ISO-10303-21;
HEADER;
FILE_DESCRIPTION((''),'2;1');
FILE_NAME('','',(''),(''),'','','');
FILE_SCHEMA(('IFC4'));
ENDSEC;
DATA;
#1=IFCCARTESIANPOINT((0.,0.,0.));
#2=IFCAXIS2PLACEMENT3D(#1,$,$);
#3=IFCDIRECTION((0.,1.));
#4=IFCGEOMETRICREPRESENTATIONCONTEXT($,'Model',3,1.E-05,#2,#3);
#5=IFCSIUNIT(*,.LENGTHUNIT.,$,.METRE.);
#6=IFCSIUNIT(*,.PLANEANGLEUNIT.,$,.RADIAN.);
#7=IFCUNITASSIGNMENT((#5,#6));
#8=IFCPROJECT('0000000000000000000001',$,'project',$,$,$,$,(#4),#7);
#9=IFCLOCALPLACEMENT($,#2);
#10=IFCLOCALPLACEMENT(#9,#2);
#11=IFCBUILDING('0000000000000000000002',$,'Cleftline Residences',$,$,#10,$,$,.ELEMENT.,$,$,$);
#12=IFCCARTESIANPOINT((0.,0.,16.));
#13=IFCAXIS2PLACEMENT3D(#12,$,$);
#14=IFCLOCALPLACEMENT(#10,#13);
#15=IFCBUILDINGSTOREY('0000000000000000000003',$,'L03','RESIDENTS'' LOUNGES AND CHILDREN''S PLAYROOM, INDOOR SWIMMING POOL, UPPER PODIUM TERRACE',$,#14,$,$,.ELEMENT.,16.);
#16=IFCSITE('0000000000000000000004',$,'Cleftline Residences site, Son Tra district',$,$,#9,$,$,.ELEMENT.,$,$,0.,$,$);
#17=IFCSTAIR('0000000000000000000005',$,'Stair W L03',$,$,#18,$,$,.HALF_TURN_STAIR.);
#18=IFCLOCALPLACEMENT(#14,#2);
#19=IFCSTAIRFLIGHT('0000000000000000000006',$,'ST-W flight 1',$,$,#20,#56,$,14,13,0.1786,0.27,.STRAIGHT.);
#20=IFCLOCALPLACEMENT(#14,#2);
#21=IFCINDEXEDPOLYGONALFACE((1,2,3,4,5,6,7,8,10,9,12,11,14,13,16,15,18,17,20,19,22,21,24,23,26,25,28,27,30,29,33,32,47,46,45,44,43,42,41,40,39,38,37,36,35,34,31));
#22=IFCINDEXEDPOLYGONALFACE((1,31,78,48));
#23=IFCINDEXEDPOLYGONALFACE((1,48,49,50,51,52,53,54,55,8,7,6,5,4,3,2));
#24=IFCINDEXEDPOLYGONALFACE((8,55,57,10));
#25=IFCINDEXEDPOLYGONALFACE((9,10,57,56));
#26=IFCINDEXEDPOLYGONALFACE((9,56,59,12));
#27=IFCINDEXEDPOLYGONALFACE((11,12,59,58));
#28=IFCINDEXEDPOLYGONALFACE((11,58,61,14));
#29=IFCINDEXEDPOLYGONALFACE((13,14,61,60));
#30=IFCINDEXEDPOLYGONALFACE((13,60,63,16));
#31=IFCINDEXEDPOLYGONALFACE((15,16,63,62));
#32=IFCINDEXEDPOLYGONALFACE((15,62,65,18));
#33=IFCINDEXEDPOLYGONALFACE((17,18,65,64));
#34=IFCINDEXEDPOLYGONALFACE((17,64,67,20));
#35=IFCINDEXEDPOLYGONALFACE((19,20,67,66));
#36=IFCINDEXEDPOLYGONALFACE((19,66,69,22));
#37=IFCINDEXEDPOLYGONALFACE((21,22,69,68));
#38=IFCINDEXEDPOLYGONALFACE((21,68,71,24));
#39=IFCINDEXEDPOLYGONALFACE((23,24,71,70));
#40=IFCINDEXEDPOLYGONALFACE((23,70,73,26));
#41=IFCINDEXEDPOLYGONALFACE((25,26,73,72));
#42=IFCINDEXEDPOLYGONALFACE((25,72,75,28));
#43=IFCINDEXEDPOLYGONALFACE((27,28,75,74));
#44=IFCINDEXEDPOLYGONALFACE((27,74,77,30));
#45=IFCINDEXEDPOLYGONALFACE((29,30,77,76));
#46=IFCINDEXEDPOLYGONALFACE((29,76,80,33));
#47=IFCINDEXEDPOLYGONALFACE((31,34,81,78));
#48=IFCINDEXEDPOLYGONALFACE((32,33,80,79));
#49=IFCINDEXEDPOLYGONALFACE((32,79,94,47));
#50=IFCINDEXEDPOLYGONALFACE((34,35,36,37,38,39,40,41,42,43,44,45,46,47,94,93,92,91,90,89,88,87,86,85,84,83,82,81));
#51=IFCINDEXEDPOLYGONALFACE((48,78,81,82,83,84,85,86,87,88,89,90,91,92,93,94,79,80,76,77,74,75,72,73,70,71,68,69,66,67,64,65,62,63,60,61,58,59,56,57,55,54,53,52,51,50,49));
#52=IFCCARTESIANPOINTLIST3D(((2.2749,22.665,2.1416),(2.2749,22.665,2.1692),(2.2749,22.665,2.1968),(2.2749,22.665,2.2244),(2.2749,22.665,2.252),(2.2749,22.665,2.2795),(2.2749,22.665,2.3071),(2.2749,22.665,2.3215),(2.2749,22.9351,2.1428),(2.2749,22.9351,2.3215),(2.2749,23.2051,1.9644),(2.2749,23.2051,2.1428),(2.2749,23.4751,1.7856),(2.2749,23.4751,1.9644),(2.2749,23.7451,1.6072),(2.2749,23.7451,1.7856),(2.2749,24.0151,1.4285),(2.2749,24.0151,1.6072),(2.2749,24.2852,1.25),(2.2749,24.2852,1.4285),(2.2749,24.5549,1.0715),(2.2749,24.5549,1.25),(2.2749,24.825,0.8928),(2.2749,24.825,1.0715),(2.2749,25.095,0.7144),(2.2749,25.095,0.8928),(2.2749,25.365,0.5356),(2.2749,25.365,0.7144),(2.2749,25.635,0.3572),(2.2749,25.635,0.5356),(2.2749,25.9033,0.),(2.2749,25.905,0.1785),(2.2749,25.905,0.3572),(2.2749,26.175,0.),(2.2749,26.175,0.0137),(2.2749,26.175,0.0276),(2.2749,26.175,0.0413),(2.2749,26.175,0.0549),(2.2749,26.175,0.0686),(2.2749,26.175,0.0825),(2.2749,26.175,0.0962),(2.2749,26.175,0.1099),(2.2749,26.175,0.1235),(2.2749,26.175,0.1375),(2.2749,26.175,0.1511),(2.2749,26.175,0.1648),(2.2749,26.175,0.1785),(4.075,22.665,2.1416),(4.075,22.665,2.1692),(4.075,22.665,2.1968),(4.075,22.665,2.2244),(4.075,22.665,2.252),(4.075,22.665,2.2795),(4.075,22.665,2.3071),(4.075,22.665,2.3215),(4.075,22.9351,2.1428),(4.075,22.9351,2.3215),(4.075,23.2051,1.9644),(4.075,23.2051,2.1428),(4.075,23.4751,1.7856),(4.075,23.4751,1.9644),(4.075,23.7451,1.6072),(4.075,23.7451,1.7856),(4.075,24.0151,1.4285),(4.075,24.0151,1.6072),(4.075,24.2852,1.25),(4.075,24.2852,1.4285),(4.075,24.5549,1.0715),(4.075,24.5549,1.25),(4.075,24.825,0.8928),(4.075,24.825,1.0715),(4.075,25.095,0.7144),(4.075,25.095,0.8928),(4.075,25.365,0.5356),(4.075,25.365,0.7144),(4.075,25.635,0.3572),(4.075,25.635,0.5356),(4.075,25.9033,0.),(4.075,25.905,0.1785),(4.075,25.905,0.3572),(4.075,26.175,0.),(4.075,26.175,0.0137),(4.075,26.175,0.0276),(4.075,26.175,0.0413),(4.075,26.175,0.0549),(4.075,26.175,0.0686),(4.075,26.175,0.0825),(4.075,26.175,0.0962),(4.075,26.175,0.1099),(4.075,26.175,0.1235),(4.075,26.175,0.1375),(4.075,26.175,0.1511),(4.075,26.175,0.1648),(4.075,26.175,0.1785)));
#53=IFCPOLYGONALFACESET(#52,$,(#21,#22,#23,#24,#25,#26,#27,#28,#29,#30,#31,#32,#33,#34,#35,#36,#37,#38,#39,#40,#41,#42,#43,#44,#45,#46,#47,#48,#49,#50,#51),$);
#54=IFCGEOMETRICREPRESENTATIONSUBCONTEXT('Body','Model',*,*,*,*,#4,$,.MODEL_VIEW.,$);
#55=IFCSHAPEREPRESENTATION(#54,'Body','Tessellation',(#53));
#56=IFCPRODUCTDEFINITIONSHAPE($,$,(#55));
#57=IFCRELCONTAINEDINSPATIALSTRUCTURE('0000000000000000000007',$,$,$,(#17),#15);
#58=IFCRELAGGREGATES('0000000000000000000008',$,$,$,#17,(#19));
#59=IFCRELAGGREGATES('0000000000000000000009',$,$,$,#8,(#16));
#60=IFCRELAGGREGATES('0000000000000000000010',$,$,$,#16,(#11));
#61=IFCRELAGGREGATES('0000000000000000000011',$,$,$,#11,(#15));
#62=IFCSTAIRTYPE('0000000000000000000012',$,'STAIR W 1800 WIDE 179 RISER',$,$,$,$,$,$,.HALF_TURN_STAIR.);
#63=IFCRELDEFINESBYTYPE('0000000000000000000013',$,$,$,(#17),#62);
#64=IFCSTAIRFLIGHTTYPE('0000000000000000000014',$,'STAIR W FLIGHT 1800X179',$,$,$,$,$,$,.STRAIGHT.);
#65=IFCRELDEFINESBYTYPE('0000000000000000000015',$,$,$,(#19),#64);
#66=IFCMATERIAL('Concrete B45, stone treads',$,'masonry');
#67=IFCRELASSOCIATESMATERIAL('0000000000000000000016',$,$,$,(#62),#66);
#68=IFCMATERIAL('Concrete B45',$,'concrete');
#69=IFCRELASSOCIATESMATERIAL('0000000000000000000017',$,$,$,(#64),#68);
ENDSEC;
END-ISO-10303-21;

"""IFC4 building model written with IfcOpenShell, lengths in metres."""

from ifc_helpers import new_model, si_unit, direction, frame, origin, place, context, subcontext, project, spatial, polyline, outline, extrude, material, type_object, element, aggregate, save


model = new_model("IFC4")

# Units and contexts
model_context = context("Model", 3, precision=1e-05, world=origin(), true_north=direction((0.0, 1.0)))
body_context = subcontext(model_context, "Body", "Model", "MODEL_VIEW")
ifc_project = project(units=[si_unit("LENGTHUNIT", "METRE"), si_unit("PLANEANGLEUNIT", "RADIAN")], contexts=[model_context])

# Site, building, storey
site_placement = place(None, origin())
site = spatial("IfcSite", under=ifc_project, at=site_placement, Name="Cleftline Residences site, Son Tra district", CompositionType="ELEMENT", RefElevation=0.0)
building_placement = place(site_placement, origin())
building = spatial("IfcBuilding", under=site, at=building_placement, Name="Cleftline Residences", CompositionType="ELEMENT")
storey_placement = place(building_placement, frame((0.0, 0.0, 16.0)))
storey = spatial("IfcBuildingStorey", under=building, at=storey_placement, Name="L03", Description="RESIDENTS' LOUNGES AND CHILDREN'S PLAYROOM, INDOOR SWIMMING POOL, UPPER PODIUM TERRACE", CompositionType="ELEMENT", Elevation=16.0)

# Stair, stair flight
ifc_material_1 = material(Name="Concrete B45, stone treads", Category="masonry")
stair_type = type_object("IfcStairType", Name="STAIR W 1800 WIDE 179 RISER", PredefinedType="HALF_TURN_STAIR", material=ifc_material_1)
stair_placement = place(storey_placement, origin())
stair = element("IfcStair", 1, at=stair_placement, inside=storey, type_object=stair_type, Name="Stair W L03", PredefinedType="HALF_TURN_STAIR")
ifc_material_2 = material(Name="Concrete B45", Category="concrete")
stair_flight_type = type_object("IfcStairFlightType", Name="STAIR W FLIGHT 1800X179", PredefinedType="STRAIGHT", material=ifc_material_2)
stair_flight_placement = place(storey_placement, frame((3.175, 26.175, 0.0), z_axis=(0.0, 0.0, 1.0), x_axis=(0.0, -1.0, 0.0)))
stair_flight = element("IfcStairFlight", 2, at=stair_flight_placement, type_object=stair_flight_type, Name="ST-W flight 1", NumberOfRisers=14, NumberOfTreads=13, PredefinedType="STRAIGHT", RiserHeight=0.1786, TreadLength=0.27, context=body_context, shape_type="SweptSolid", body=[
    extrude(outline(polyline([(0.0, 0.0), (0.0, 0.0137), (0.0, 0.0276), (0.0, 0.0413), (0.0, 0.0549), (0.0, 0.0686), (0.0, 0.0825), (0.0, 0.0962), (0.0, 0.1099), (0.0, 0.1235), (0.0, 0.1375), (0.0, 0.1511), (0.0, 0.1648), (0.0, 0.1785), (0.27, 0.1785), (0.27, 0.3572), (0.54, 0.3572), (0.54, 0.5356), (0.8101, 0.5356), (0.8101, 0.7144), (1.0801, 0.7144), (1.0801, 0.8928), (1.3501, 0.8928), (1.3501, 1.0715), (1.6201, 1.0715), (1.6201, 1.25), (1.8899, 1.25), (1.8899, 1.4285), (2.1599, 1.4285), (2.1599, 1.6072), (2.4299, 1.6072), (2.4299, 1.7856), (2.7, 1.7856), (2.7, 1.9644), (2.97, 1.9644), (2.97, 2.1428), (3.24, 2.1428), (3.24, 2.3215), (3.51, 2.3215), (3.51, 2.5), (3.51, 2.4724), (3.51, 2.4448), (3.51, 2.4172), (3.51, 2.3896), (3.51, 2.3623), (3.51, 2.3347), (3.51, 2.3071), (3.51, 2.2795), (3.51, 2.252), (3.51, 2.2244), (3.51, 2.1968), (3.51, 2.1692), (3.51, 2.1416), (0.2717, 0.0), (0.0, 0.0)])), frame((0.0, 0.8999, 0.0), z_axis=(0.0, -1.0, 0.0), x_axis=(1.0, 0.0, 0.0)), (0.0, 0.0, 1.0), 1.8),
])
aggregate(stair, [stair_flight])

save(model, "model.ifc")
